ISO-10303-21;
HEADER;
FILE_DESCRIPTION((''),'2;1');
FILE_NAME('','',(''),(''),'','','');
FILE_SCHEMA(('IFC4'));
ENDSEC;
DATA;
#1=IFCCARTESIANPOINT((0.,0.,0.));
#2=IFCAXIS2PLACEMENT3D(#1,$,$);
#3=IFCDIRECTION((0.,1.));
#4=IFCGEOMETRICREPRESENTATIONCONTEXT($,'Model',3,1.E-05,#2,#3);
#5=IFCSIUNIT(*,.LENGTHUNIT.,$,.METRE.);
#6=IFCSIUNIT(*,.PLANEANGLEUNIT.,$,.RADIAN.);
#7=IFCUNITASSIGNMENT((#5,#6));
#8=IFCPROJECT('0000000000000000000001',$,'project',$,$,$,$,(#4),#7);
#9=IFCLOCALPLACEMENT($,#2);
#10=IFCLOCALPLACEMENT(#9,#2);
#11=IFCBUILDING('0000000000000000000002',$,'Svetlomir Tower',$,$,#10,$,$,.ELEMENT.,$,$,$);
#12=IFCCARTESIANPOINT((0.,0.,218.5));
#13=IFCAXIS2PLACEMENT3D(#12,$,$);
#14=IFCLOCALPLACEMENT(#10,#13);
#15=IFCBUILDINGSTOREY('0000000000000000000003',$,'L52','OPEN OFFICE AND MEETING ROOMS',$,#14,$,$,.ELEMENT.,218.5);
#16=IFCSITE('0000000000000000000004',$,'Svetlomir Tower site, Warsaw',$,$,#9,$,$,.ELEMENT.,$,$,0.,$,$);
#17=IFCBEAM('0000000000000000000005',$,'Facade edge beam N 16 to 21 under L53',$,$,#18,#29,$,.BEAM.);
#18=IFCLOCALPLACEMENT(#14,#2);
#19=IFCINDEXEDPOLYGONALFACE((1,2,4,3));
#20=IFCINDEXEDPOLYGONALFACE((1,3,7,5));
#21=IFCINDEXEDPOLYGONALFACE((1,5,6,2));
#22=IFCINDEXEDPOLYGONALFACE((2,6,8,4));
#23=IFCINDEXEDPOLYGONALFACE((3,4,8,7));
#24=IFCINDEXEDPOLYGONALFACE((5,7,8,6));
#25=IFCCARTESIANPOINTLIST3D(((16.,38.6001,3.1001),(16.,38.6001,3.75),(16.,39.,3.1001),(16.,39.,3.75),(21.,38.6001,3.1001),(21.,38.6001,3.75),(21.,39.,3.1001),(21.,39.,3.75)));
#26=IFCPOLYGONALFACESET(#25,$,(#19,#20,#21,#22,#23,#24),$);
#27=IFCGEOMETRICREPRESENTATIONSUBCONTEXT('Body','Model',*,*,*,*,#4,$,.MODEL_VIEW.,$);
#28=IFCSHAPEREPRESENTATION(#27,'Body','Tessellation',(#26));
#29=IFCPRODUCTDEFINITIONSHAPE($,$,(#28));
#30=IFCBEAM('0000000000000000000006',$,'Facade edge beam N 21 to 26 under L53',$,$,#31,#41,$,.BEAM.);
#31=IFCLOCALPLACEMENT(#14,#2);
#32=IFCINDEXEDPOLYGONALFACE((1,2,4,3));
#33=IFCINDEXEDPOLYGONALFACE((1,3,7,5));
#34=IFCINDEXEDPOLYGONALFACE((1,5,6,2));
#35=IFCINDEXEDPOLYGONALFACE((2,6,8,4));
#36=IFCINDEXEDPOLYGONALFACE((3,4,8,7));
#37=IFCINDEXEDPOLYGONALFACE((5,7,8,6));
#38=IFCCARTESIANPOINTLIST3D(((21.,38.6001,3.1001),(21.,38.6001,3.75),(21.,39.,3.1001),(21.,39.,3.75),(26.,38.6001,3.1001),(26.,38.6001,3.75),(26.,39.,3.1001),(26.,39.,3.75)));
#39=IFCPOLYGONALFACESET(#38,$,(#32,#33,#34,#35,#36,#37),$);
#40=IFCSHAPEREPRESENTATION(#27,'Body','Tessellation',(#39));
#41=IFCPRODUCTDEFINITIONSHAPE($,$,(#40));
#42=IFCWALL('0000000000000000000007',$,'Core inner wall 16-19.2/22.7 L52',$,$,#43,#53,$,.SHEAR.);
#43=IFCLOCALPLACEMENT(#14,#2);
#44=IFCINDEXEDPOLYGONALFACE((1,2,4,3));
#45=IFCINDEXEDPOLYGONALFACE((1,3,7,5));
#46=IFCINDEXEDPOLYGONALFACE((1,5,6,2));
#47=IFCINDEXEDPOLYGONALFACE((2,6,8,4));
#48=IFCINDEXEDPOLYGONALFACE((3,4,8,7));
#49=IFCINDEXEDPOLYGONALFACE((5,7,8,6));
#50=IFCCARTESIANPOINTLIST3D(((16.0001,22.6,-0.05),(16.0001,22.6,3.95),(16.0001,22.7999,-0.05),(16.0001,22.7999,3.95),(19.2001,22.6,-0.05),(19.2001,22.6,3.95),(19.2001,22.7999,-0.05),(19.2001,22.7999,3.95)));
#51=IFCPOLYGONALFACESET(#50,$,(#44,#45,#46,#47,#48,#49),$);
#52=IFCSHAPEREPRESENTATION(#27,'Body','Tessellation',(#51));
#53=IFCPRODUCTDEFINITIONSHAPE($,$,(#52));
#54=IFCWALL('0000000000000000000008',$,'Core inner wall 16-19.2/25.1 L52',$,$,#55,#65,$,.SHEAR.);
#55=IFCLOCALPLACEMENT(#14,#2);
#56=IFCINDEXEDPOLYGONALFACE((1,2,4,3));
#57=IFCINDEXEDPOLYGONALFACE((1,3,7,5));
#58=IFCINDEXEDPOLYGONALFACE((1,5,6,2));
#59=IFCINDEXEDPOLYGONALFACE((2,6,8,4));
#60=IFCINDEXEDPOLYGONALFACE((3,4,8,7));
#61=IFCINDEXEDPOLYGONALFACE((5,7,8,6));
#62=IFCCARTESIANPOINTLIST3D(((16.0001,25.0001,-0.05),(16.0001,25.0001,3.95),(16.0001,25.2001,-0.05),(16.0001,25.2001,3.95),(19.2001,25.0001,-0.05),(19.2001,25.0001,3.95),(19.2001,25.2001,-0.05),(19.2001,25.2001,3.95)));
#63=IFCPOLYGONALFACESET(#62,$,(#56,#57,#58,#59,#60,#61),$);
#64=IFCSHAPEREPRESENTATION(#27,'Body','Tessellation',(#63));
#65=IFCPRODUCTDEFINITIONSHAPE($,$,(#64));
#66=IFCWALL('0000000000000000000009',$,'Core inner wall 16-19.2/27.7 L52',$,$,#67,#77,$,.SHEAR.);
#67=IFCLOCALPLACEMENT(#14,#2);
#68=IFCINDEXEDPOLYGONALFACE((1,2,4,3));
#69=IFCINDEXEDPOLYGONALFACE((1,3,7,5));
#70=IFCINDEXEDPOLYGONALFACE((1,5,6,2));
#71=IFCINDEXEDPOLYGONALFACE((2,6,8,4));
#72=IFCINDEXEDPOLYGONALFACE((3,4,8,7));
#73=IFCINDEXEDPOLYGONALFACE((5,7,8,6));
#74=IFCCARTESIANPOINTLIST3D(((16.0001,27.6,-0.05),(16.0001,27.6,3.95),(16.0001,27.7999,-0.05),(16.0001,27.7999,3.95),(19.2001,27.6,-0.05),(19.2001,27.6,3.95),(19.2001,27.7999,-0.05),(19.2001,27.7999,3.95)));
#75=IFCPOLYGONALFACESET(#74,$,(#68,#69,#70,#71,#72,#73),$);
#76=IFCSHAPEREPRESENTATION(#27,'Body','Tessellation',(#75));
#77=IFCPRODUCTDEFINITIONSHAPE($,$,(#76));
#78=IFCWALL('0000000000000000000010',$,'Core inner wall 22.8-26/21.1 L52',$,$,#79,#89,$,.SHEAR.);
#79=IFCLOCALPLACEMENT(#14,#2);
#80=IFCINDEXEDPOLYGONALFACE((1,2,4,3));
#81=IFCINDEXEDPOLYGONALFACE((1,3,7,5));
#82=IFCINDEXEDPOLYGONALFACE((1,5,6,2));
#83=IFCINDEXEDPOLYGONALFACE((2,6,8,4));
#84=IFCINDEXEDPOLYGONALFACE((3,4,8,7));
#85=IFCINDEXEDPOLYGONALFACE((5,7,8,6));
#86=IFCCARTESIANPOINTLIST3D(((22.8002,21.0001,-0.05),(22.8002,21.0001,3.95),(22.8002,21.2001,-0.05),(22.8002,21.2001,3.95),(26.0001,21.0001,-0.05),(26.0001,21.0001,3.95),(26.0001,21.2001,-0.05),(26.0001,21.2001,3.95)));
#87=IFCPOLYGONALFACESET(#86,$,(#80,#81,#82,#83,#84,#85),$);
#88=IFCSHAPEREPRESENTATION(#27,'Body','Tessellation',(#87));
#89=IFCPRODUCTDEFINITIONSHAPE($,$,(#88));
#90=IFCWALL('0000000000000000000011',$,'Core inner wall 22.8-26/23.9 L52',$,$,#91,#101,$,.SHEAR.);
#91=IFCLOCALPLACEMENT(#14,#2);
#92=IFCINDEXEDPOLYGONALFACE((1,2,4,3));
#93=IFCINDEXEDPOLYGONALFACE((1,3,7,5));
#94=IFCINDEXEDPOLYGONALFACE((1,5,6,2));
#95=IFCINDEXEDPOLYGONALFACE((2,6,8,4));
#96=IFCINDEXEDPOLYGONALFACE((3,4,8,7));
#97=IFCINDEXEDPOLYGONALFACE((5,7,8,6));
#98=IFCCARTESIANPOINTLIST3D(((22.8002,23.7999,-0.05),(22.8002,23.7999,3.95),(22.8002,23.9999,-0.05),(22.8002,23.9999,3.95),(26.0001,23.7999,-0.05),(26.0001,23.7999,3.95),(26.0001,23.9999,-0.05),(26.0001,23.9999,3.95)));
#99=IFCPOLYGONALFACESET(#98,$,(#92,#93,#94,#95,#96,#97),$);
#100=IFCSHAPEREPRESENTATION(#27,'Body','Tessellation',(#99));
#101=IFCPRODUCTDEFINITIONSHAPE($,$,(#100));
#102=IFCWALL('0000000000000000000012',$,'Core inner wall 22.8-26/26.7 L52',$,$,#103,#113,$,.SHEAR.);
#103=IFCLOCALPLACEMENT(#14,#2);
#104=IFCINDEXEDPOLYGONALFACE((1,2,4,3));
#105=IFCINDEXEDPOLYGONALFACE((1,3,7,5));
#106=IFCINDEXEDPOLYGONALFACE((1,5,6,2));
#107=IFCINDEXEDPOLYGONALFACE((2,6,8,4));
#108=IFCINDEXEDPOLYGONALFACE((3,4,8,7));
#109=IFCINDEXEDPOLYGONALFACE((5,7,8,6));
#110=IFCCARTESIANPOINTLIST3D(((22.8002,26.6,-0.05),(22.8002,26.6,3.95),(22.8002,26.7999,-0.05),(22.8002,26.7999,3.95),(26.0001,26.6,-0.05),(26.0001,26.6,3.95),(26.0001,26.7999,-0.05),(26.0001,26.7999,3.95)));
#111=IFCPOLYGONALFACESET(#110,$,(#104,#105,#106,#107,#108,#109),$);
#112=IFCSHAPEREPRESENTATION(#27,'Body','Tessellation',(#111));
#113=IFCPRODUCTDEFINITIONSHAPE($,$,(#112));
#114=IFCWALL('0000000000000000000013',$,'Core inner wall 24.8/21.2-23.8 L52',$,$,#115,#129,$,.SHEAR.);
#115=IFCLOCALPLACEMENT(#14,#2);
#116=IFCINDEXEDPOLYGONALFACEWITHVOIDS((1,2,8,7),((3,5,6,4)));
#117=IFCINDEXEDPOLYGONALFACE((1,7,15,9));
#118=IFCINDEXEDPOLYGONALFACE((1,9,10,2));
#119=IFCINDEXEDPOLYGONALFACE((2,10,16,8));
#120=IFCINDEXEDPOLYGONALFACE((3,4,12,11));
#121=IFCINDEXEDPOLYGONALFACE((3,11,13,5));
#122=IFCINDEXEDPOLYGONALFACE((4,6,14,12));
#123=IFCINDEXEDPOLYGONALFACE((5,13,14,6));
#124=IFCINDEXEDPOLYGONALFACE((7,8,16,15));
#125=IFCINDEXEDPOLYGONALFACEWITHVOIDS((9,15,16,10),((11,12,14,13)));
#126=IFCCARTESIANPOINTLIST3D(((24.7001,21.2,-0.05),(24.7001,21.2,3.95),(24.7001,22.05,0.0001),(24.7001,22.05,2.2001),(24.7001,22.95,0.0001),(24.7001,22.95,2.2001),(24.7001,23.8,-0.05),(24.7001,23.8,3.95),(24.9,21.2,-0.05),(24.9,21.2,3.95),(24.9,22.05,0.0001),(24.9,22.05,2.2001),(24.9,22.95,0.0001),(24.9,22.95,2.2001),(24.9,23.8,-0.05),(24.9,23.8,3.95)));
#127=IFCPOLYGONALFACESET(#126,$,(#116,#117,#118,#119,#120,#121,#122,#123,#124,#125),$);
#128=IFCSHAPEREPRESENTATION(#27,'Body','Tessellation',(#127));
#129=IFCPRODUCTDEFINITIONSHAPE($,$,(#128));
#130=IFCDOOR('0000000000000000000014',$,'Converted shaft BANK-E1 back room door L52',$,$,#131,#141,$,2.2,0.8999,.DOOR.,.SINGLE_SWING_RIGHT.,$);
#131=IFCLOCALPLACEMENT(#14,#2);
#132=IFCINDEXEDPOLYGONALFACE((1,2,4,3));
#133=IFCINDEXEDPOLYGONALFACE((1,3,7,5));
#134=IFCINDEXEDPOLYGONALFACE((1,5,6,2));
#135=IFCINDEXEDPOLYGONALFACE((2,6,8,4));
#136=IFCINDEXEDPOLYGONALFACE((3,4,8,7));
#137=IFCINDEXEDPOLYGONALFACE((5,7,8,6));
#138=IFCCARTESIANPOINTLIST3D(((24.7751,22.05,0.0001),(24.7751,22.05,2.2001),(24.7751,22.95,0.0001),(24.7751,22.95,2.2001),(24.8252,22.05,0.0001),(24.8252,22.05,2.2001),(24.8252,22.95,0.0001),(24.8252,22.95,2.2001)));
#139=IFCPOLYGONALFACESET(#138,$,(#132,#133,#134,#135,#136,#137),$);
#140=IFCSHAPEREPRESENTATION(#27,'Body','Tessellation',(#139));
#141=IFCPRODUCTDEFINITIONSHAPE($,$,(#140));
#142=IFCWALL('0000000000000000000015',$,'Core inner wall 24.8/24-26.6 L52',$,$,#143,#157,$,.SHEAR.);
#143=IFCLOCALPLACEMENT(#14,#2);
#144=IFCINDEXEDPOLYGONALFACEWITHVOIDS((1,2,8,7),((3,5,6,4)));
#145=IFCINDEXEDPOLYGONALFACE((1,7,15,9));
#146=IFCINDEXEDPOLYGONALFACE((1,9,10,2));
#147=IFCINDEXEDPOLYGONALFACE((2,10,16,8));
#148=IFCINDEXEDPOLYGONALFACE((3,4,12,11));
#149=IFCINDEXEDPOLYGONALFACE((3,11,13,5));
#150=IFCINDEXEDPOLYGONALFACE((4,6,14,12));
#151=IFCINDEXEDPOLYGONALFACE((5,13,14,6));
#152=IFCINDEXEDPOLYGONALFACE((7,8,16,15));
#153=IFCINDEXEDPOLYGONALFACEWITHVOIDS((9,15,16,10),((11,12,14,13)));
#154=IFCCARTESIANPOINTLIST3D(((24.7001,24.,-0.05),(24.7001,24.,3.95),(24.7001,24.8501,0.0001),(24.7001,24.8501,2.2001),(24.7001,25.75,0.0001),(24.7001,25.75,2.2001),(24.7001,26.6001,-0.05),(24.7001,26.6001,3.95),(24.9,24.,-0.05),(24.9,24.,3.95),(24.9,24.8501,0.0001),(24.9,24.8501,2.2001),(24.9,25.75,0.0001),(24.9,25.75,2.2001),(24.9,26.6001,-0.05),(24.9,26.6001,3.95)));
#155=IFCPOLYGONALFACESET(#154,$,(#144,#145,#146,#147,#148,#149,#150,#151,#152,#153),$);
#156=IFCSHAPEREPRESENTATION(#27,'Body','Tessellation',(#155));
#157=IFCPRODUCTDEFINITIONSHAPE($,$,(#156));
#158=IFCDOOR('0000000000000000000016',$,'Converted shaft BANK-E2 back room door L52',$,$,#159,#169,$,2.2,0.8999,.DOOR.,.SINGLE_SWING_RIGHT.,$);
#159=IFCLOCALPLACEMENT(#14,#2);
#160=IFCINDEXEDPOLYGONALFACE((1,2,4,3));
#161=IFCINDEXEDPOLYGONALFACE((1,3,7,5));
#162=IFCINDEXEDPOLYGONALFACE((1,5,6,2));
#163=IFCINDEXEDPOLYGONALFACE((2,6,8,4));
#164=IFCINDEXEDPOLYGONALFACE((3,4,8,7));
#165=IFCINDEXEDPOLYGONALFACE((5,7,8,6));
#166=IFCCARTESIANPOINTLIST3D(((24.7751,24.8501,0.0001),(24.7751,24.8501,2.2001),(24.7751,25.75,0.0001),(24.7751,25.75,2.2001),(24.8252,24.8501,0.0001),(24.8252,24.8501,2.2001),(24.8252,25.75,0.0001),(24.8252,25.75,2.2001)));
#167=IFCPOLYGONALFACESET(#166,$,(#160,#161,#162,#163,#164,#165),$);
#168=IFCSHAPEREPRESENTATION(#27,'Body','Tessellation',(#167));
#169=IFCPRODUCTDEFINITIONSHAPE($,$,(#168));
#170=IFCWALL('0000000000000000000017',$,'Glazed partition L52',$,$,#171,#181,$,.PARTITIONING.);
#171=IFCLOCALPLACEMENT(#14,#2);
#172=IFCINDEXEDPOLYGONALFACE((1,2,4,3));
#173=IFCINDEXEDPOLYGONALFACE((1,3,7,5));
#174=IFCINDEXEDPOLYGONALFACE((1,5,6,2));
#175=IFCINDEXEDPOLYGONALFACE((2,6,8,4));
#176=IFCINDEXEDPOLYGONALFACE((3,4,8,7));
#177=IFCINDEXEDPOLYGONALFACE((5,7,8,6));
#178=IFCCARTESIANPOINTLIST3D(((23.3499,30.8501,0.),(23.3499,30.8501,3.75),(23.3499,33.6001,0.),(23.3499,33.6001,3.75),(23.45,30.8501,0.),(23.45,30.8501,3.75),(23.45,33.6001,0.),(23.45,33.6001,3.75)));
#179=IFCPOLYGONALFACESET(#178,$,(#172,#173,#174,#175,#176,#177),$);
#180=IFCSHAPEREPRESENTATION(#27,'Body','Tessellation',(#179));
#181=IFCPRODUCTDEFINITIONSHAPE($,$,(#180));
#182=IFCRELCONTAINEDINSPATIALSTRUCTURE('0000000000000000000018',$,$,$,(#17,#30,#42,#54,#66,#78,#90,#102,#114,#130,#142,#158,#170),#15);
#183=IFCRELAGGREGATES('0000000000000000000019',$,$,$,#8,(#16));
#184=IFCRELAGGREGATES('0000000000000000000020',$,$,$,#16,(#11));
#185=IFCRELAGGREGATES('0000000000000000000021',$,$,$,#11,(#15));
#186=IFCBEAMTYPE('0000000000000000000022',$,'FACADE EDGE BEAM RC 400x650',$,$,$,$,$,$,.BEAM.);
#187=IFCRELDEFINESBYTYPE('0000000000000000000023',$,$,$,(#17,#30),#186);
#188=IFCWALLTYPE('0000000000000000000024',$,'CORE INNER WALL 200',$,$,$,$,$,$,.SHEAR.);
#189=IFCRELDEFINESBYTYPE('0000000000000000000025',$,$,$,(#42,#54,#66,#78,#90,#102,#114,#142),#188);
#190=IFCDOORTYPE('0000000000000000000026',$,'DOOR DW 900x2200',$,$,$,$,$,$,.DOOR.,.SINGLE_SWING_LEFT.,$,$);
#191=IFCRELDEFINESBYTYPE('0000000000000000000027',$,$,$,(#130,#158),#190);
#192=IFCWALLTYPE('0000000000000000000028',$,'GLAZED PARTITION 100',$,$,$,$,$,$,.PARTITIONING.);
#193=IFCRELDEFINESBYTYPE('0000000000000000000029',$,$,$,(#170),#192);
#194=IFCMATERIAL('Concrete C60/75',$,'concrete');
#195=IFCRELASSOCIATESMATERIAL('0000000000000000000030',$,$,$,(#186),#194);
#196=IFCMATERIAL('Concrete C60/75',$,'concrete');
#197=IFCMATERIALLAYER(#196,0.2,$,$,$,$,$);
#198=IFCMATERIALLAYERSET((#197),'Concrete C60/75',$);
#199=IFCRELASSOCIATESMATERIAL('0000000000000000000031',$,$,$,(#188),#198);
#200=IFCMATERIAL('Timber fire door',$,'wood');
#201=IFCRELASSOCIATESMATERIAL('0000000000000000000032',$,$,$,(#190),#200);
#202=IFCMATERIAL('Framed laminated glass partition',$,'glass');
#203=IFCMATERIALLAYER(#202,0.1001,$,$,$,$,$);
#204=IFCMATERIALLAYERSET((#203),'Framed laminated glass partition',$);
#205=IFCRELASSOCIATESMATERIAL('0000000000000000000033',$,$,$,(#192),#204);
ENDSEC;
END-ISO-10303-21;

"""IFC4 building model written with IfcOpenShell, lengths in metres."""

from ifc_helpers import new_model, si_unit, direction, frame, frame_2d, origin, origin_2d, place, context, subcontext, project, spatial, rectangle, extrude, material, layer, layer_set, material_profile, profile_set, type_object, element, fill, save


model = new_model("IFC4")

# Units and contexts
model_context = context("Model", 3, precision=1e-05, world=origin(), true_north=direction((0.0, 1.0)))
body_context = subcontext(model_context, "Body", "Model", "MODEL_VIEW")
ifc_project = project(units=[si_unit("LENGTHUNIT", "METRE"), si_unit("PLANEANGLEUNIT", "RADIAN")], contexts=[model_context])

# Site, building, storey
site_placement = place(None, origin())
site = spatial("IfcSite", under=ifc_project, at=site_placement, Name="Svetlomir Tower site, Warsaw", CompositionType="ELEMENT", RefElevation=0.0)
building_placement = place(site_placement, origin())
building = spatial("IfcBuilding", under=site, at=building_placement, Name="Svetlomir Tower", CompositionType="ELEMENT")
storey_placement = place(building_placement, frame((0.0, 0.0, 218.5)))
storey = spatial("IfcBuildingStorey", under=building, at=storey_placement, Name="L52", Description="OPEN OFFICE AND MEETING ROOMS", CompositionType="ELEMENT", Elevation=218.5)

# Beams
ifc_material_1 = material(Name="Concrete C60/75", Category="concrete")
ifc_material_profile = material_profile(ifc_material_1, rectangle(XDim=0.3999, YDim=0.6499, at=origin_2d()), Name="RC 400x650")
ifc_profile_set = profile_set([ifc_material_profile], Name="Concrete C60/75")
beam_type = type_object("IfcBeamType", Name="FACADE EDGE BEAM RC 400x650", PredefinedType="BEAM", material=ifc_profile_set)
for number, where, z_axis, x_axis, name in (
    (1, (16.0, 38.8, 3.425), (1.0, 0.0, 0.0), (0.0, 1.0, 0.0), "Facade edge beam N 16 to 21 under L53"),
    (2, (21.0, 38.8, 3.425), (1.0, 0.0, 0.0), (0.0, 1.0, 0.0), "Facade edge beam N 21 to 26 under L53"),
):
    element("IfcBeam", number, at=place(storey_placement, frame(where, z_axis=z_axis, x_axis=x_axis)), inside=storey, type_object=beam_type, Name=name, PredefinedType="BEAM", context=body_context, shape_type="SweptSolid", body=[
        extrude(rectangle(XDim=0.3999, YDim=0.6499, at=origin_2d()), origin(), (0.0, 0.0, 1.0), 5.0),
    ])

# Walls
ifc_material_2 = material(Name="Concrete C60/75", Category="concrete")
ifc_layer_1 = layer(ifc_material_2, 0.2)
ifc_layer_set_1 = layer_set([ifc_layer_1], Name="Concrete C60/75")
wall_type_1 = type_object("IfcWallType", Name="CORE INNER WALL 200", PredefinedType="SHEAR", material=ifc_layer_set_1)
for number, where, z_axis, x_axis, name in (
    (3, (16.0, 22.7, -0.05), (0.0, 0.0, 1.0), (1.0, 0.0, 0.0), "Core inner wall 16-19.2/22.7 L52"),
    (4, (16.0, 25.1001, -0.05), (0.0, 0.0, 1.0), (1.0, 0.0, 0.0), "Core inner wall 16-19.2/25.1 L52"),
    (5, (16.0, 27.7, -0.05), (0.0, 0.0, 1.0), (1.0, 0.0, 0.0), "Core inner wall 16-19.2/27.7 L52"),
    (6, (22.8, 21.1001, -0.05), (0.0, 0.0, 1.0), (1.0, 0.0, 0.0), "Core inner wall 22.8-26/21.1 L52"),
    (7, (22.8, 23.8999, -0.05), (0.0, 0.0, 1.0), (1.0, 0.0, 0.0), "Core inner wall 22.8-26/23.9 L52"),
    (8, (22.8, 26.7, -0.05), (0.0, 0.0, 1.0), (1.0, 0.0, 0.0), "Core inner wall 22.8-26/26.7 L52"),
):
    element("IfcWall", number, at=place(storey_placement, frame(where, z_axis=z_axis, x_axis=x_axis)), inside=storey, type_object=wall_type_1, Name=name, PredefinedType="SHEAR", context=body_context, shape_type="SweptSolid", body=[
        extrude(rectangle(XDim=3.2, YDim=0.2, at=frame_2d((1.6001, 0.0))), origin(), (0.0, 0.0, 1.0), 4.0),
    ])

# Walls, openings, doors
wall_1_placement = place(storey_placement, frame((24.8, 21.2, -0.05), z_axis=(0.0, 0.0, 1.0), x_axis=(0.0, 1.0, 0.0)))
wall_1 = element("IfcWall", 9, at=wall_1_placement, inside=storey, type_object=wall_type_1, Name="Core inner wall 24.8/21.2-23.8 L52", PredefinedType="SHEAR", context=body_context, shape_type="SweptSolid", body=[
    extrude(rectangle(XDim=2.6001, YDim=0.2, at=frame_2d((1.3, 0.0))), origin(), (0.0, 0.0, 1.0), 4.0),
])
opening_1_placement = place(wall_1_placement, frame((0.8501, 0.0, 0.05)))
opening_1 = element("IfcOpeningElement", 10, at=opening_1_placement, cuts=wall_1, PredefinedType="OPENING", context=body_context, shape_type="SweptSolid", body=[
    extrude(rectangle(XDim=0.8999, YDim=2.2, at=frame_2d((0.45, 1.1001))), frame((0.0, 0.1099, 0.0), z_axis=(0.0, -1.0, 0.0), x_axis=(1.0, 0.0, 0.0)), (0.0, 0.0, 1.0), 0.22),
])
ifc_material_3 = material(Name="Timber fire door", Category="wood")
door_type_1 = type_object("IfcDoorType", Name="DOOR DW 900x2200", OperationType="SINGLE_SWING_LEFT", PredefinedType="DOOR", material=ifc_material_3)
door_1_placement = place(opening_1_placement, origin())
door_1 = element("IfcDoor", 11, at=door_1_placement, inside=storey, type_object=door_type_1, Name="Converted shaft BANK-E1 back room door L52", OperationType="SINGLE_SWING_RIGHT", OverallHeight=2.2, OverallWidth=0.8999, PredefinedType="DOOR", context=body_context, shape_type="SweptSolid", body=[
    extrude(rectangle(XDim=0.8999, YDim=2.2, at=frame_2d((0.45, 1.1001))), frame((0.0, 0.0249, 0.0), z_axis=(0.0, -1.0, 0.0), x_axis=(1.0, 0.0, 0.0)), (0.0, 0.0, 1.0), 0.05),
])
fill(opening_1, door_1)
wall_2_placement = place(storey_placement, frame((24.8, 24.0, -0.05), z_axis=(0.0, 0.0, 1.0), x_axis=(0.0, 1.0, 0.0)))
wall_2 = element("IfcWall", 12, at=wall_2_placement, inside=storey, type_object=wall_type_1, Name="Core inner wall 24.8/24-26.6 L52", PredefinedType="SHEAR", context=body_context, shape_type="SweptSolid", body=[
    extrude(rectangle(XDim=2.6001, YDim=0.2, at=frame_2d((1.3, 0.0))), origin(), (0.0, 0.0, 1.0), 4.0),
])
opening_2_placement = place(wall_2_placement, frame((0.8501, 0.0, 0.05)))
opening_2 = element("IfcOpeningElement", 13, at=opening_2_placement, cuts=wall_2, PredefinedType="OPENING", context=body_context, shape_type="SweptSolid", body=[
    extrude(rectangle(XDim=0.8999, YDim=2.2, at=frame_2d((0.45, 1.1001))), frame((0.0, 0.1099, 0.0), z_axis=(0.0, -1.0, 0.0), x_axis=(1.0, 0.0, 0.0)), (0.0, 0.0, 1.0), 0.22),
])
door_2_placement = place(opening_2_placement, origin())
door_2 = element("IfcDoor", 14, at=door_2_placement, inside=storey, type_object=door_type_1, Name="Converted shaft BANK-E2 back room door L52", OperationType="SINGLE_SWING_RIGHT", OverallHeight=2.2, OverallWidth=0.8999, PredefinedType="DOOR", context=body_context, shape_type="SweptSolid", body=[
    extrude(rectangle(XDim=0.8999, YDim=2.2, at=frame_2d((0.45, 1.1001))), frame((0.0, 0.0249, 0.0), z_axis=(0.0, -1.0, 0.0), x_axis=(1.0, 0.0, 0.0)), (0.0, 0.0, 1.0), 0.05),
])
fill(opening_2, door_2)

# Wall
ifc_material_4 = material(Name="Framed laminated glass partition", Category="glass")
ifc_layer_2 = layer(ifc_material_4, 0.1001)
ifc_layer_set_2 = layer_set([ifc_layer_2], Name="Framed laminated glass partition")
wall_type_2 = type_object("IfcWallType", Name="GLAZED PARTITION 100", PredefinedType="PARTITIONING", material=ifc_layer_set_2)
wall_3_placement = place(storey_placement, frame((23.3999, 30.8501, 0.0), z_axis=(0.0, 0.0, 1.0), x_axis=(0.0, 1.0, 0.0)))
element("IfcWall", 15, at=wall_3_placement, inside=storey, type_object=wall_type_2, Name="Glazed partition L52", PredefinedType="PARTITIONING", context=body_context, shape_type="SweptSolid", body=[
    extrude(rectangle(XDim=2.75, YDim=0.1001, at=frame_2d((1.375, 0.0))), origin(), (0.0, 0.0, 1.0), 3.75),
])

save(model, "model.ifc")
